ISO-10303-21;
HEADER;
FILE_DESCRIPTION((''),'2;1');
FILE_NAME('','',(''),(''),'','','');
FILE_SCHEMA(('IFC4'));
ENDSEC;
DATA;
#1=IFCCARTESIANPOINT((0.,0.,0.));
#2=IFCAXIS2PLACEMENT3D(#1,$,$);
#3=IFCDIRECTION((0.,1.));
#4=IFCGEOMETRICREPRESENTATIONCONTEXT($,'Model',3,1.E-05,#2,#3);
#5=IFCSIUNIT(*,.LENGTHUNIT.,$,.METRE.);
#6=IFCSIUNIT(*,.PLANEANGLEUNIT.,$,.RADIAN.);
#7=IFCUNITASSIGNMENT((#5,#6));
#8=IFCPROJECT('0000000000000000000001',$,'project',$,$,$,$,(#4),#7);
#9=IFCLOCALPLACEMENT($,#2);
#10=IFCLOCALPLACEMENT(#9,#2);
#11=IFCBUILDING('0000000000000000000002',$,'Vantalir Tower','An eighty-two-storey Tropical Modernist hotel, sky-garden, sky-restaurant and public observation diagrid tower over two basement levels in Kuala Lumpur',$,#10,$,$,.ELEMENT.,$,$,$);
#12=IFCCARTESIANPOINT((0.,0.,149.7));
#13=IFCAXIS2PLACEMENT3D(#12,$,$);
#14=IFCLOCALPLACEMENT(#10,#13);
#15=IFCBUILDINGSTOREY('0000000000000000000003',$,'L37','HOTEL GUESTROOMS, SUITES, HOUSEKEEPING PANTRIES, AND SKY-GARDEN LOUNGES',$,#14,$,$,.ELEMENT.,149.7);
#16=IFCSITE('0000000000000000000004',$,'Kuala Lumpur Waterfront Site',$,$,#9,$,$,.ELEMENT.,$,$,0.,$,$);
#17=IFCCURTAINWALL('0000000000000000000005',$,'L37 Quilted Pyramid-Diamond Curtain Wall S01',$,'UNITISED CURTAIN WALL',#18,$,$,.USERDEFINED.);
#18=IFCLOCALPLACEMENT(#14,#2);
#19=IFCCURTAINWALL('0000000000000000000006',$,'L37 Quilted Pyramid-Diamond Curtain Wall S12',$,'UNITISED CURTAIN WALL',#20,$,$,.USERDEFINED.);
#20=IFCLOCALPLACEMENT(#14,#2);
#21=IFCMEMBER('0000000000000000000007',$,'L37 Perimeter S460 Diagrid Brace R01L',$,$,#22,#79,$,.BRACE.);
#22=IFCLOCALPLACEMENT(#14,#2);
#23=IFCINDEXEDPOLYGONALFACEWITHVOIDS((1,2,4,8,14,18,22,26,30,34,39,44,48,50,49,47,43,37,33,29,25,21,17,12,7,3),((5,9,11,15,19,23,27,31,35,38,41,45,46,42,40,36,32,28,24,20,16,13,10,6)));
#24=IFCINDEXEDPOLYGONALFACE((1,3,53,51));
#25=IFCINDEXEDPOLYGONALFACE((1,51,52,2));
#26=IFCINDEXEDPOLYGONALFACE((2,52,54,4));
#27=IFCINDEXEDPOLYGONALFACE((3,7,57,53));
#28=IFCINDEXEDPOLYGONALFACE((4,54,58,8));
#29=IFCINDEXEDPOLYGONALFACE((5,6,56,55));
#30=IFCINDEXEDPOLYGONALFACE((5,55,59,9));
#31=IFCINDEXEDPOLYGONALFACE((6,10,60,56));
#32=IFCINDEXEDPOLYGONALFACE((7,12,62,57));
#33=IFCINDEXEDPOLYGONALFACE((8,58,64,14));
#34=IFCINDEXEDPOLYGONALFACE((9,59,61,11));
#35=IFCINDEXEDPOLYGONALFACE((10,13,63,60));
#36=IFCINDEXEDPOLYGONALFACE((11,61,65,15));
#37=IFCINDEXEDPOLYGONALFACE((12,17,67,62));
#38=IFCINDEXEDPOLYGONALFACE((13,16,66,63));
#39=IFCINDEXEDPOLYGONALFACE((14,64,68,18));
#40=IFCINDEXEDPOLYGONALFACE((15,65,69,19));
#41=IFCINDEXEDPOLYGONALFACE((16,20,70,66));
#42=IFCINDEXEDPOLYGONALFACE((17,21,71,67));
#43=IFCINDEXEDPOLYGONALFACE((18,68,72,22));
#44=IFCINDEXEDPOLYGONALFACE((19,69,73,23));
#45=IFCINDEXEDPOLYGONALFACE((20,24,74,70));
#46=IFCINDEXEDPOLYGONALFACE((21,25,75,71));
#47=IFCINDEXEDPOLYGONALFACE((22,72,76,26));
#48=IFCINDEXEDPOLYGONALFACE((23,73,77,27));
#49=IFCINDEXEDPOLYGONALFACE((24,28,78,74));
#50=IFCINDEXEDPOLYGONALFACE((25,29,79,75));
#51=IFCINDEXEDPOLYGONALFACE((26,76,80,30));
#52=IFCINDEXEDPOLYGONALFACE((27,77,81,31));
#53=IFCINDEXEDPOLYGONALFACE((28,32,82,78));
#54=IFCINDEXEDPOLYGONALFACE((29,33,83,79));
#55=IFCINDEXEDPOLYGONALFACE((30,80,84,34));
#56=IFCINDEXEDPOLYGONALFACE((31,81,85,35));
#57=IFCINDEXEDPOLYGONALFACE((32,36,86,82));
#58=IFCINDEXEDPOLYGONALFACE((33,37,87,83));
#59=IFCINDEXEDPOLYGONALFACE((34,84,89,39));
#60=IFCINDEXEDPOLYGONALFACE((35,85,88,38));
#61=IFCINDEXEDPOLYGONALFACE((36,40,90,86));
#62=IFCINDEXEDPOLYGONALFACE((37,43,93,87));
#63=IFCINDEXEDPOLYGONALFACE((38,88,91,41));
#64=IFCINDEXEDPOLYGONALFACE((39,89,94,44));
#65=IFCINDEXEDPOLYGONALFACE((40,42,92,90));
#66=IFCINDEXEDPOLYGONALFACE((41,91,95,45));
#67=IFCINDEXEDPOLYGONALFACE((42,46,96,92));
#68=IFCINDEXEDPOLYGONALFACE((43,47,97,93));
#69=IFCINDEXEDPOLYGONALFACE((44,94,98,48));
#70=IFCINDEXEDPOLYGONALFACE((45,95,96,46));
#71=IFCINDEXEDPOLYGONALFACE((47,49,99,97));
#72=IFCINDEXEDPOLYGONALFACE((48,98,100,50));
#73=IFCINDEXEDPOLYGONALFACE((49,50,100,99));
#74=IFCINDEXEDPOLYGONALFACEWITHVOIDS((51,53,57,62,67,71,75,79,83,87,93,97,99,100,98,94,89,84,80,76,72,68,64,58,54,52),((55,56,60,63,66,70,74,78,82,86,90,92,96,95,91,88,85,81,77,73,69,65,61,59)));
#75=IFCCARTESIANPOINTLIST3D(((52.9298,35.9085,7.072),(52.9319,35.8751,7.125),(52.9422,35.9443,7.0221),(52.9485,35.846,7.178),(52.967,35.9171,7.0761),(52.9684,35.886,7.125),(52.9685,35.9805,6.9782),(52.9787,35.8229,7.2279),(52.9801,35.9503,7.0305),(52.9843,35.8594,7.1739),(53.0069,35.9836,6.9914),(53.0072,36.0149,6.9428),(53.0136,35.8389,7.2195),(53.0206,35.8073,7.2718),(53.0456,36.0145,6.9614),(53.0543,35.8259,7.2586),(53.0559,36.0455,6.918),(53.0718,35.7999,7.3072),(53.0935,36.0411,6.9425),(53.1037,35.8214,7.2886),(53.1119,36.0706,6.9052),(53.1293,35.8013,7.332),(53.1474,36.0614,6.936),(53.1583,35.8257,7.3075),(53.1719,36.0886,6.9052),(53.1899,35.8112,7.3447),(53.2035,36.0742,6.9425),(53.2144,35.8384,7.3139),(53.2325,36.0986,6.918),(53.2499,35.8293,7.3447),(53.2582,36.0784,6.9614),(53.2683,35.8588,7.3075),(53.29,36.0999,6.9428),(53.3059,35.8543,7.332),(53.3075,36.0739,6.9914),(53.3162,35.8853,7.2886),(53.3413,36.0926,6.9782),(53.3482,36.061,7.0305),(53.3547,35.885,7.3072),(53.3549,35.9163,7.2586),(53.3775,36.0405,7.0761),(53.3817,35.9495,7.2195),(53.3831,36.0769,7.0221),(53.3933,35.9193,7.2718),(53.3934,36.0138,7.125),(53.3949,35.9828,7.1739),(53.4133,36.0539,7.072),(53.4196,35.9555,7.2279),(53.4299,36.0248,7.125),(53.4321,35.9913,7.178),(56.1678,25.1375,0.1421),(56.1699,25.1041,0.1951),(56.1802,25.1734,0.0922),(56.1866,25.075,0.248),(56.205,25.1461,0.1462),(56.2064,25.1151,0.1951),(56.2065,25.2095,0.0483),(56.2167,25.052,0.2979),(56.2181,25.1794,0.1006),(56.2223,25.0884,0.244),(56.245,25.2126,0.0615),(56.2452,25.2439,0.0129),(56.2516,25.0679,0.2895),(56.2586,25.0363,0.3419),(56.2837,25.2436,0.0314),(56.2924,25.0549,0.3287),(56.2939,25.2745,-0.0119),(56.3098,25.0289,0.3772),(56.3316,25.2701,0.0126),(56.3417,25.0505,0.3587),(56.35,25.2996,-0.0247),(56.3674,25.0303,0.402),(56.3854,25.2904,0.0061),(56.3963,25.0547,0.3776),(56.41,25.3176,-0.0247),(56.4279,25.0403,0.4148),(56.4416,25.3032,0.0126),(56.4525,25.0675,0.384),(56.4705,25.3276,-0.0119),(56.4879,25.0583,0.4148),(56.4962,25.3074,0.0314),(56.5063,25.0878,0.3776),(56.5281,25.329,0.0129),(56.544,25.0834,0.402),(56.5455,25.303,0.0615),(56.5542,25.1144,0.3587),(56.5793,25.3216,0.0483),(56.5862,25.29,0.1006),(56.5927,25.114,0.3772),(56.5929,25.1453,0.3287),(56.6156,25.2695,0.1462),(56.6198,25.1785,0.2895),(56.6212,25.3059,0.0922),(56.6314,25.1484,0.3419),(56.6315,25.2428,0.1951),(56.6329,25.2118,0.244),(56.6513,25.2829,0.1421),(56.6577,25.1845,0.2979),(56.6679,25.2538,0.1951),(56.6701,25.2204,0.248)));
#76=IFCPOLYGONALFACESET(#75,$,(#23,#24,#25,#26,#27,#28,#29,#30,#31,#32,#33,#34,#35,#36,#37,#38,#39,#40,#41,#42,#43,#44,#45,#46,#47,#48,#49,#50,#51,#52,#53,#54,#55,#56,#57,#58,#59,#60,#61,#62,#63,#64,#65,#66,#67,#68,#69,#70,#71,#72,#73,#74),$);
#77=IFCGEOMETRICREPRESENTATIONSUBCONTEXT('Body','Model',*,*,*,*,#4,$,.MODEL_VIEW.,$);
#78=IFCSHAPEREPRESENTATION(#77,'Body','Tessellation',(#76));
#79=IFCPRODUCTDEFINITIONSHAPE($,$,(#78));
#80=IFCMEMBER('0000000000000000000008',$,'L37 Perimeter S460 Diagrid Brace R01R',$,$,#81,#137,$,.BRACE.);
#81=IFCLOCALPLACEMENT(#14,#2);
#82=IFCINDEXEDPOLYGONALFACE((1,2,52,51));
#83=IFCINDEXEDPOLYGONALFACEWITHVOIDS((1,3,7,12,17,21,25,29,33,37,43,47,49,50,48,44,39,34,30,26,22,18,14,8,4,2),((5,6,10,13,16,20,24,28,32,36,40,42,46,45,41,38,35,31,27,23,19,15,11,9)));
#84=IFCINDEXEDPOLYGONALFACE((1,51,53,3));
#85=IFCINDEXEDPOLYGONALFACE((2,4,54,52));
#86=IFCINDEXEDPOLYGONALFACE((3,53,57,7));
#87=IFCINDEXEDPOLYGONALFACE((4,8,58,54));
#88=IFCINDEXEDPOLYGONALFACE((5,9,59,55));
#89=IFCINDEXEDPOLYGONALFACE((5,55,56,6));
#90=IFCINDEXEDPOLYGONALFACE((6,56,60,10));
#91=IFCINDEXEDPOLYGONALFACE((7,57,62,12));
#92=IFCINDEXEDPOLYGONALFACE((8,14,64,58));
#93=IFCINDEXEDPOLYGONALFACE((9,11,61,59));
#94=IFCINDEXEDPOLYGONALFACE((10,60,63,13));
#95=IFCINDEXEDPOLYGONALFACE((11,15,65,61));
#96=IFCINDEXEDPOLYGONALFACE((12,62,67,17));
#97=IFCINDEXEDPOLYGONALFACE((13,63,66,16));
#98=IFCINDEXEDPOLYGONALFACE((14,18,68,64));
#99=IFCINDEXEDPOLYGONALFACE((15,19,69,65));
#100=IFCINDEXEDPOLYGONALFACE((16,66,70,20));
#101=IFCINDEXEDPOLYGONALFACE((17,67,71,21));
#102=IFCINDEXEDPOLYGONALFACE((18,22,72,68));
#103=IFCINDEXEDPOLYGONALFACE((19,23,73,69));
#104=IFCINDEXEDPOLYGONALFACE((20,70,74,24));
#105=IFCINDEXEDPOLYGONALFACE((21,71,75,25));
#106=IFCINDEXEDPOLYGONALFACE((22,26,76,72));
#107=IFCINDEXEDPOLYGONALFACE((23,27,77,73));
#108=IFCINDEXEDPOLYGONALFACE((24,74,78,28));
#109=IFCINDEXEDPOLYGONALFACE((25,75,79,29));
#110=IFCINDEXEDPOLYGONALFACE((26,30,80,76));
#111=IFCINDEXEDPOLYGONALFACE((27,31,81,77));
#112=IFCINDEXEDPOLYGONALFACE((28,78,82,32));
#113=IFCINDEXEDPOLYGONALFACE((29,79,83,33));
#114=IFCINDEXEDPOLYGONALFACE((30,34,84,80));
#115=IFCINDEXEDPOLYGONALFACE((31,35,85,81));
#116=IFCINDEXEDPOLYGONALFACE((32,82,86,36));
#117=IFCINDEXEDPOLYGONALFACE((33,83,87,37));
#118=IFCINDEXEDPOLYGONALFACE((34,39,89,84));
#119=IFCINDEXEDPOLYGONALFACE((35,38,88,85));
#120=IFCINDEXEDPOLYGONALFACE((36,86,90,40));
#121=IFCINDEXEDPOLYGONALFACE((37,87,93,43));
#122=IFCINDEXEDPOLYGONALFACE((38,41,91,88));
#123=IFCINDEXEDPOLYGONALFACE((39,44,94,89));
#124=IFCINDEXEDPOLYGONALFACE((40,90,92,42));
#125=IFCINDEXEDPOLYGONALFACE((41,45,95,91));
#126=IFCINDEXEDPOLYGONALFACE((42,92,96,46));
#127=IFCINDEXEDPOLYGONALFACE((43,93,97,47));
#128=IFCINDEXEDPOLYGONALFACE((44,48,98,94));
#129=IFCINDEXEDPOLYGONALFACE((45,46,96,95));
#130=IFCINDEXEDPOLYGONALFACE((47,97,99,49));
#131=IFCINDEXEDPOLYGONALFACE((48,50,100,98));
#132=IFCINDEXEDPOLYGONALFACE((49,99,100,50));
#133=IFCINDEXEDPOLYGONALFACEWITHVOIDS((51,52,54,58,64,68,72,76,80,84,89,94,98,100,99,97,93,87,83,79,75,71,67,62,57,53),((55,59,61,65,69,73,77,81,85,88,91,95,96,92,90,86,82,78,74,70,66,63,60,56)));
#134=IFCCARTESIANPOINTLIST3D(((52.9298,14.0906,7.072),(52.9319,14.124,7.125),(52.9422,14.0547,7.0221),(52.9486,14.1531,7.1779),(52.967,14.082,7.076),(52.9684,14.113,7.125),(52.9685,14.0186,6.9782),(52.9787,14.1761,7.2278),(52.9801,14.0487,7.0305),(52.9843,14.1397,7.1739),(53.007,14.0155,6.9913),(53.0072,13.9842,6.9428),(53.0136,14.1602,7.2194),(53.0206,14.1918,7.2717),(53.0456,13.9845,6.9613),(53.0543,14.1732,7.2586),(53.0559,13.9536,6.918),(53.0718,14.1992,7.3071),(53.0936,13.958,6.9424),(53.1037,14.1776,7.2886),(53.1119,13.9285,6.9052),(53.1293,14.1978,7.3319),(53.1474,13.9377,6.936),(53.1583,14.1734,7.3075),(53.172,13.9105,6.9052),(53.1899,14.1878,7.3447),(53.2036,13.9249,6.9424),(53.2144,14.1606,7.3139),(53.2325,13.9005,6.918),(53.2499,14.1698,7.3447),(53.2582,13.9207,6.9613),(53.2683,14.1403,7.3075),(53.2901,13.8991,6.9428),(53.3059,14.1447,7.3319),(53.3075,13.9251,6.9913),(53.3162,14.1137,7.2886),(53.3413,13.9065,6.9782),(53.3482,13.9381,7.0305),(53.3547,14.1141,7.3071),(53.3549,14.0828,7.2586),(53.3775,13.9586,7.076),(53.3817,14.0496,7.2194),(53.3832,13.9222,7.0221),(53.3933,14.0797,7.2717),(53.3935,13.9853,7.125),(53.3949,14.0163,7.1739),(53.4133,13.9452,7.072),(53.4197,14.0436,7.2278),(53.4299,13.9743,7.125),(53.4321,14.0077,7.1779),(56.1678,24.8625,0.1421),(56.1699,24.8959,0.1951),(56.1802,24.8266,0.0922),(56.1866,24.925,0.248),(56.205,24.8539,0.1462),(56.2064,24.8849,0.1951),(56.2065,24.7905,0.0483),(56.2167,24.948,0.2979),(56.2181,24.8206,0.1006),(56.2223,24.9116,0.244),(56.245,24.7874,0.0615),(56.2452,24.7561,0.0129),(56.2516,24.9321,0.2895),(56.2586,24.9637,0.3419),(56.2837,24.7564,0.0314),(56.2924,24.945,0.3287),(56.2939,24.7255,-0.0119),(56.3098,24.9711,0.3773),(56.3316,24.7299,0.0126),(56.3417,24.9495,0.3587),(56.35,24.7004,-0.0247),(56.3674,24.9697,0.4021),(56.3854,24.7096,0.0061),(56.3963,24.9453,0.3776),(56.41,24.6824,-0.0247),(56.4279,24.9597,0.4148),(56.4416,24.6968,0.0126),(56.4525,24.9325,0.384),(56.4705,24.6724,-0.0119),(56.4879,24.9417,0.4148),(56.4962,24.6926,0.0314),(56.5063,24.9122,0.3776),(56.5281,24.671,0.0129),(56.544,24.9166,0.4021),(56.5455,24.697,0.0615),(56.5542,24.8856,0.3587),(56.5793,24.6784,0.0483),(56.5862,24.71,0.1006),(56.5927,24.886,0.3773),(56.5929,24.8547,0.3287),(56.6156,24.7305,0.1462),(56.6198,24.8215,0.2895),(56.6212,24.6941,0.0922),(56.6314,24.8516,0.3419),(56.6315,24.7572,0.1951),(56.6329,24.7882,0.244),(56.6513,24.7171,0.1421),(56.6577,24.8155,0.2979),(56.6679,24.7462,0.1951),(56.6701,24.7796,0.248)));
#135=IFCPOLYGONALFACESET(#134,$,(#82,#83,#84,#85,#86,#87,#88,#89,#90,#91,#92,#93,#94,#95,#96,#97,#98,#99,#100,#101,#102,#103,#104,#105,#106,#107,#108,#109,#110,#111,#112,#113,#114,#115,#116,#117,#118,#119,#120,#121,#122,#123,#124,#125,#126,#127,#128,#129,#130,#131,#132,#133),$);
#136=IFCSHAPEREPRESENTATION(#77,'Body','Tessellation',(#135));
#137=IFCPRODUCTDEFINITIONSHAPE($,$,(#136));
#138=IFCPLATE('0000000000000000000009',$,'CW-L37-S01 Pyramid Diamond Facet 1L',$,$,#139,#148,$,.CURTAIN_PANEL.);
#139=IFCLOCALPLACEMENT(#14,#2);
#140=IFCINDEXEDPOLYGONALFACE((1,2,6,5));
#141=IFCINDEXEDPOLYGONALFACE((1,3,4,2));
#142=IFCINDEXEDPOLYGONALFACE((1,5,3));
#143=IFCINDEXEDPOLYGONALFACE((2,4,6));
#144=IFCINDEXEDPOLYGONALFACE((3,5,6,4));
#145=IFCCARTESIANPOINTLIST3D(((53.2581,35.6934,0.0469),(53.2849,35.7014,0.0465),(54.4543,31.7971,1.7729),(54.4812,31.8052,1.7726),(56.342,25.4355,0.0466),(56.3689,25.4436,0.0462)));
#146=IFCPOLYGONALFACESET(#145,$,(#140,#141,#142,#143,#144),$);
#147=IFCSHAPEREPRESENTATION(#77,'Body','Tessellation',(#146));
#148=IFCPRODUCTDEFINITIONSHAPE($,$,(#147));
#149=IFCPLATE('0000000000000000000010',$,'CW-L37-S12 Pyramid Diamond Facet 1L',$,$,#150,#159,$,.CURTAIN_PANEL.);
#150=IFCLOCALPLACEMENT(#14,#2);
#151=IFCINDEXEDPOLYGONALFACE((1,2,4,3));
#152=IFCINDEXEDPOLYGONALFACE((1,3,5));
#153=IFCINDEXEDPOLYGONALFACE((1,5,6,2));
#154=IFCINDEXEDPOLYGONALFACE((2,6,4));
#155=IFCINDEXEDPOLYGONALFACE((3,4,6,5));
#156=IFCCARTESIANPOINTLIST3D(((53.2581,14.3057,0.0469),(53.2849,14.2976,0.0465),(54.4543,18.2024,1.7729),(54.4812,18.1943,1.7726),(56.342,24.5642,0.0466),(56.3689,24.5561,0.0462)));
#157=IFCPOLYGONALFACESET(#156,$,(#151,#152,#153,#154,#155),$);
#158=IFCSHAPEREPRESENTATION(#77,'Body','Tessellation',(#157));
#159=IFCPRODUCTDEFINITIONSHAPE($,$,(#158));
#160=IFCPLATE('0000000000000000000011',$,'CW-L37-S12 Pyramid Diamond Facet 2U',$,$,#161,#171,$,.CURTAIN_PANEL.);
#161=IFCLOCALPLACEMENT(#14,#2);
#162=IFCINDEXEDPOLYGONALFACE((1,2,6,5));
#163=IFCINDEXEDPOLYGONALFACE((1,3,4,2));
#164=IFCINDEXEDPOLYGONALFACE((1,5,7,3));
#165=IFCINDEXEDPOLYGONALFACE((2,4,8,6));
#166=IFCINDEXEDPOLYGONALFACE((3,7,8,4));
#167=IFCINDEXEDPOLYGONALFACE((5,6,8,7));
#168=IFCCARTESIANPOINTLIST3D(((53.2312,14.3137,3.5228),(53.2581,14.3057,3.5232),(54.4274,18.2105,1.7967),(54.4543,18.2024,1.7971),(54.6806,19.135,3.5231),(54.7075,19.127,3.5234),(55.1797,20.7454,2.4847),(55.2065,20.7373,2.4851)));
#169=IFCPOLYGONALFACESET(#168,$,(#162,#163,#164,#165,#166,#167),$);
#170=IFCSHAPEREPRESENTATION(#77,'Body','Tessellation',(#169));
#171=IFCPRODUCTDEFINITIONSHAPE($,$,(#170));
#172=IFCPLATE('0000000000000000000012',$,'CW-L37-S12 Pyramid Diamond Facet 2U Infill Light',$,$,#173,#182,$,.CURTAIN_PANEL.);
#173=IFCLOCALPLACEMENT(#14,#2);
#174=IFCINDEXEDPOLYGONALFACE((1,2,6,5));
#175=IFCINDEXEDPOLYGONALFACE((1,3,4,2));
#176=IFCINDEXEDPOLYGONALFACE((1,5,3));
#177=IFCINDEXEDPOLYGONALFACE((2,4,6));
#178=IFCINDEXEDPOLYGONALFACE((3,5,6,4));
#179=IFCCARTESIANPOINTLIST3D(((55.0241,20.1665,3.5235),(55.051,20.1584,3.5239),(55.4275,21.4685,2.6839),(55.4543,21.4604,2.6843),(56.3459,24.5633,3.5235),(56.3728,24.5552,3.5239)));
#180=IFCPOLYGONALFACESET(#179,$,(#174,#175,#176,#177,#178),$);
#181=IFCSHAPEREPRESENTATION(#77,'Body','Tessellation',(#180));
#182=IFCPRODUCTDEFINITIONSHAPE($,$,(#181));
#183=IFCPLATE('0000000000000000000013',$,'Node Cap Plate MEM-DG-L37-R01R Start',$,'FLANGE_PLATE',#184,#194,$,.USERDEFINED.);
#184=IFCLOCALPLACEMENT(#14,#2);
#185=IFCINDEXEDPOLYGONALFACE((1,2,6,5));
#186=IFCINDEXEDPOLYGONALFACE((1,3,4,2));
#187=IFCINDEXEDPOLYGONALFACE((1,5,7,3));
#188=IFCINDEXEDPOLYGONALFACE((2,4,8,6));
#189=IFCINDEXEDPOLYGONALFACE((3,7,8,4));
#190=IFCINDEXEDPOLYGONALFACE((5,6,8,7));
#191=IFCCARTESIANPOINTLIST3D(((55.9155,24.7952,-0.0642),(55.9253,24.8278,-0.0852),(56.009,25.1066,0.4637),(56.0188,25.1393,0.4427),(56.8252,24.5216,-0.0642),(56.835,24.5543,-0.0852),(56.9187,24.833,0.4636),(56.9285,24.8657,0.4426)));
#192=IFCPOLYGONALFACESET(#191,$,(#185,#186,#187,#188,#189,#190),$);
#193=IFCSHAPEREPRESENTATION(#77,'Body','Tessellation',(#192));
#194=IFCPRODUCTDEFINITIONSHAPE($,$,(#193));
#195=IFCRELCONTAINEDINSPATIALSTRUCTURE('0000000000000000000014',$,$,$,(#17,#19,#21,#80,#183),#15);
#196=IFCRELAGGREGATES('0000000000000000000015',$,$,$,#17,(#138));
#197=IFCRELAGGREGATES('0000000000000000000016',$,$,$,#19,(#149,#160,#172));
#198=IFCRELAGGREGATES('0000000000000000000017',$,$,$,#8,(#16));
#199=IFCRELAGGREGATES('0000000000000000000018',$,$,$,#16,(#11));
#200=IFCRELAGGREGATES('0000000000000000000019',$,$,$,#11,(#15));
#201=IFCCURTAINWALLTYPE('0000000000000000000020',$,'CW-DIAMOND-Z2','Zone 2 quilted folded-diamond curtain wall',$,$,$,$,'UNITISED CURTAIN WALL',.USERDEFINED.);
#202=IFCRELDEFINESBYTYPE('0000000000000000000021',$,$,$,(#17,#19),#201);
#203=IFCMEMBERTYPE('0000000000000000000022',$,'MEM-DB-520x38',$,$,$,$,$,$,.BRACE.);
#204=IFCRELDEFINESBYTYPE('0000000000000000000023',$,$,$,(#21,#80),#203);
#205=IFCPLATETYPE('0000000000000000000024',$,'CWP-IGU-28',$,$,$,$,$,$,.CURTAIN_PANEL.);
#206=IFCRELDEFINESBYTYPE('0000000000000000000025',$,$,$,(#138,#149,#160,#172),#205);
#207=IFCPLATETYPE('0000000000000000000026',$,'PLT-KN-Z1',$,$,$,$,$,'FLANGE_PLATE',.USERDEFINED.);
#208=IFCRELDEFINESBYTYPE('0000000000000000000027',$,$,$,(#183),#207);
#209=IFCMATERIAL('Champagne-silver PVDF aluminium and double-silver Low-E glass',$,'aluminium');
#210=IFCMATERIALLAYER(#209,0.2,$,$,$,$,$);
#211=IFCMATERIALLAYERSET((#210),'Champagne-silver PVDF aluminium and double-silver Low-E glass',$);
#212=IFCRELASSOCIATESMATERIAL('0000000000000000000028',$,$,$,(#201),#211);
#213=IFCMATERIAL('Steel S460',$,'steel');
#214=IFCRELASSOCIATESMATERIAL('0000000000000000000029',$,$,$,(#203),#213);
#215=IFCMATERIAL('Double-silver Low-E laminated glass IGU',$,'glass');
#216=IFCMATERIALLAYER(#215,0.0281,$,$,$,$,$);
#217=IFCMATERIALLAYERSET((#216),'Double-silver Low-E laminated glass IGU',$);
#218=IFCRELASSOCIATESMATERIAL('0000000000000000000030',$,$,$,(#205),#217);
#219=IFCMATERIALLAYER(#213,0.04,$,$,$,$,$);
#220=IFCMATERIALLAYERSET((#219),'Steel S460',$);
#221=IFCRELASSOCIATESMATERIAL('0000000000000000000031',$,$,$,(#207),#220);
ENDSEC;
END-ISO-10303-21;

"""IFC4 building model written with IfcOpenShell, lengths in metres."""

from ifc_helpers import new_model, si_unit, direction, frame, origin, origin_2d, place, context, subcontext, project, spatial, polyline, hollow_circle, outline, extrude, material, layer, layer_set, material_profile, profile_set, type_object, element, aggregate, save


model = new_model("IFC4")

# Units and contexts
model_context = context("Model", 3, precision=1e-05, world=origin(), true_north=direction((0.0, 1.0)))
body_context = subcontext(model_context, "Body", "Model", "MODEL_VIEW")
ifc_project = project(units=[si_unit("LENGTHUNIT", "METRE"), si_unit("PLANEANGLEUNIT", "RADIAN")], contexts=[model_context])

# Site, building, storey
site_placement = place(None, origin())
site = spatial("IfcSite", under=ifc_project, at=site_placement, Name="Kuala Lumpur Waterfront Site", CompositionType="ELEMENT", RefElevation=0.0)
building_placement = place(site_placement, origin())
building = spatial("IfcBuilding", under=site, at=building_placement, Name="Vantalir Tower", Description="An eighty-two-storey Tropical Modernist hotel, sky-garden, sky-restaurant and public observation diagrid tower over two basement levels in Kuala Lumpur", CompositionType="ELEMENT")
storey_placement = place(building_placement, frame((0.0, 0.0, 149.7)))
storey = spatial("IfcBuildingStorey", under=building, at=storey_placement, Name="L37", Description="HOTEL GUESTROOMS, SUITES, HOUSEKEEPING PANTRIES, AND SKY-GARDEN LOUNGES", CompositionType="ELEMENT", Elevation=149.7)

# Shared definitions
ifc_material_1 = material(Name="Steel S460", Category="steel")

# Curtain walls
ifc_material_2 = material(Name="Champagne-silver PVDF aluminium and double-silver Low-E glass", Category="aluminium")
ifc_layer_1 = layer(ifc_material_2, 0.2)
ifc_layer_set_1 = layer_set([ifc_layer_1], Name="Champagne-silver PVDF aluminium and double-silver Low-E glass")
curtain_wall_type = type_object("IfcCurtainWallType", Name="CW-DIAMOND-Z2", Description="Zone 2 quilted folded-diamond curtain wall", ElementType="UNITISED CURTAIN WALL", PredefinedType="USERDEFINED", material=ifc_layer_set_1)
curtain_wall_1_placement = place(storey_placement, origin())
curtain_wall_1 = element("IfcCurtainWall", 1, at=curtain_wall_1_placement, inside=storey, type_object=curtain_wall_type, Name="L37 Quilted Pyramid-Diamond Curtain Wall S01", ObjectType="UNITISED CURTAIN WALL", PredefinedType="USERDEFINED")
curtain_wall_2_placement = place(storey_placement, origin())
curtain_wall_2 = element("IfcCurtainWall", 2, at=curtain_wall_2_placement, inside=storey, type_object=curtain_wall_type, Name="L37 Quilted Pyramid-Diamond Curtain Wall S12", ObjectType="UNITISED CURTAIN WALL", PredefinedType="USERDEFINED")

# Members
ifc_material_profile_1 = material_profile(ifc_material_1, hollow_circle(Radius=0.26, WallThickness=0.0381, at=origin_2d()), Name="Steel S460")
ifc_profile_set_1 = profile_set([ifc_material_profile_1], Name="Steel S460")
member_type_1 = type_object("IfcMemberType", Name="MEM-DB-520x38", PredefinedType="BRACE", material=ifc_profile_set_1)
member_1_placement = place(storey_placement, frame((56.4189, 25.179, 0.1951), z_axis=(-0.245107, 0.815322, 0.524569), x_axis=(-0.957661, -0.287897, 0.0)))
element("IfcMember", 3, at=member_1_placement, inside=storey, type_object=member_type_1, Name="L37 Perimeter S460 Diagrid Brace R01L", PredefinedType="BRACE", context=body_context, shape_type="SweptSolid", body=[
    extrude(hollow_circle(Radius=0.26, WallThickness=0.0381, at=origin_2d()), origin(), (0.0, 0.0, 1.0), 13.2107),
])
member_2_placement = place(storey_placement, frame((56.4189, 24.821, 0.1951), z_axis=(-0.245092, -0.815347, 0.524537), x_axis=(0.957668, -0.287874, 0.0)))
element("IfcMember", 4, at=member_2_placement, inside=storey, type_object=member_type_1, Name="L37 Perimeter S460 Diagrid Brace R01R", PredefinedType="BRACE", context=body_context, shape_type="SweptSolid", body=[
    extrude(hollow_circle(Radius=0.26, WallThickness=0.0381, at=origin_2d()), origin(), (0.0, 0.0, 1.0), 13.2114),
])

# Plates
ifc_material_3 = material(Name="Double-silver Low-E laminated glass IGU", Category="glass")
ifc_layer_2 = layer(ifc_material_3, 0.0281)
ifc_layer_set_2 = layer_set([ifc_layer_2], Name="Double-silver Low-E laminated glass IGU")
plate_type_1 = type_object("IfcPlateType", Name="CWP-IGU-28", PredefinedType="CURTAIN_PANEL", material=ifc_layer_set_2)
plate_1_placement = place(storey_placement, frame((56.342, 25.4355, 0.0466), z_axis=(-0.957564, -0.287889, 0.01381), x_axis=(-0.287917, 0.957655, 0.000023)))
plate_1 = element("IfcPlate", 5, at=plate_1_placement, type_object=plate_type_1, Name="CW-L37-S01 Pyramid Diamond Facet 1L", PredefinedType="CURTAIN_PANEL", context=body_context, shape_type="SweptSolid", body=[
    extrude(outline(polyline([(0.0, 0.0), (10.7114, 0.0), (6.6357, -1.7263), (0.0, 0.0)])), origin(), (0.0, 0.0, -1.0), 0.0281),
])
aggregate(curtain_wall_1, [plate_1])
plate_2_placement = place(storey_placement, frame((53.2581, 14.3057, 0.0469), z_axis=(-0.95757, 0.287871, 0.013775), x_axis=(0.287898, 0.957661, -0.000023)))
plate_2 = element("IfcPlate", 6, at=plate_2_placement, type_object=plate_type_1, Name="CW-L37-S12 Pyramid Diamond Facet 1L", PredefinedType="CURTAIN_PANEL", context=body_context, shape_type="SweptSolid", body=[
    extrude(outline(polyline([(0.0, 0.0), (10.7121, 0.0), (4.0761, -1.7263), (0.0, 0.0)])), origin(), (0.0, 0.0, -1.0), 0.0281),
])
plate_3_placement = place(storey_placement, frame((53.2581, 14.3057, 3.5232), z_axis=(0.957568, -0.28788, 0.013747), x_axis=(0.287906, 0.957659, 0.000048)))
plate_3 = element("IfcPlate", 7, at=plate_3_placement, type_object=plate_type_1, Name="CW-L37-S12 Pyramid Diamond Facet 2U", PredefinedType="CURTAIN_PANEL", context=body_context, shape_type="SweptSolid", body=[
    extrude(outline(polyline([(0.0, 0.0), (5.0345, 0.0), (6.7202, -1.0385), (4.0761, -1.7264), (0.0, 0.0)])), origin(), (0.0, 0.0, -1.0), 0.0281),
])
plate_4_placement = place(storey_placement, frame((55.051, 20.1584, 3.5239), z_axis=(0.957572, -0.287873, 0.013575), x_axis=(0.287899, 0.957661, 0.0)))
plate_4 = element("IfcPlate", 8, at=plate_4_placement, type_object=plate_type_1, Name="CW-L37-S12 Pyramid Diamond Facet 2U Infill Light", PredefinedType="CURTAIN_PANEL", context=body_context, shape_type="SweptSolid", body=[
    extrude(outline(polyline([(0.0, 0.0), (4.5911, 0.0), (1.363, -0.8397), (0.0, 0.0)])), origin(), (0.0, 0.0, -1.0), 0.0281),
])
aggregate(curtain_wall_2, [plate_2, plate_3, plate_4])

# Plate
ifc_layer_3 = layer(ifc_material_1, 0.04)
ifc_layer_set_3 = layer_set([ifc_layer_3], Name="Steel S460")
plate_type_2 = type_object("IfcPlateType", Name="PLT-KN-Z1", ElementType="FLANGE_PLATE", PredefinedType="USERDEFINED", material=ifc_layer_set_3)
plate_5_placement = place(storey_placement, frame((55.9155, 24.7952, -0.0642), z_axis=(-0.245199, -0.815359, 0.524469), x_axis=(0.957645, -0.287952, 0.000055)))
element("IfcPlate", 9, at=plate_5_placement, inside=storey, type_object=plate_type_2, Name="Node Cap Plate MEM-DG-L37-R01R Start", ObjectType="FLANGE_PLATE", PredefinedType="USERDEFINED", context=body_context, shape_type="SweptSolid", body=[
    extrude(outline(polyline([(0.0, 0.0), (0.9499, 0.0), (0.9498, 0.6199), (-0.0001, 0.62), (0.0, 0.0)])), origin(), (0.0, 0.0, -1.0), 0.04),
])

save(model, "model.ifc")
